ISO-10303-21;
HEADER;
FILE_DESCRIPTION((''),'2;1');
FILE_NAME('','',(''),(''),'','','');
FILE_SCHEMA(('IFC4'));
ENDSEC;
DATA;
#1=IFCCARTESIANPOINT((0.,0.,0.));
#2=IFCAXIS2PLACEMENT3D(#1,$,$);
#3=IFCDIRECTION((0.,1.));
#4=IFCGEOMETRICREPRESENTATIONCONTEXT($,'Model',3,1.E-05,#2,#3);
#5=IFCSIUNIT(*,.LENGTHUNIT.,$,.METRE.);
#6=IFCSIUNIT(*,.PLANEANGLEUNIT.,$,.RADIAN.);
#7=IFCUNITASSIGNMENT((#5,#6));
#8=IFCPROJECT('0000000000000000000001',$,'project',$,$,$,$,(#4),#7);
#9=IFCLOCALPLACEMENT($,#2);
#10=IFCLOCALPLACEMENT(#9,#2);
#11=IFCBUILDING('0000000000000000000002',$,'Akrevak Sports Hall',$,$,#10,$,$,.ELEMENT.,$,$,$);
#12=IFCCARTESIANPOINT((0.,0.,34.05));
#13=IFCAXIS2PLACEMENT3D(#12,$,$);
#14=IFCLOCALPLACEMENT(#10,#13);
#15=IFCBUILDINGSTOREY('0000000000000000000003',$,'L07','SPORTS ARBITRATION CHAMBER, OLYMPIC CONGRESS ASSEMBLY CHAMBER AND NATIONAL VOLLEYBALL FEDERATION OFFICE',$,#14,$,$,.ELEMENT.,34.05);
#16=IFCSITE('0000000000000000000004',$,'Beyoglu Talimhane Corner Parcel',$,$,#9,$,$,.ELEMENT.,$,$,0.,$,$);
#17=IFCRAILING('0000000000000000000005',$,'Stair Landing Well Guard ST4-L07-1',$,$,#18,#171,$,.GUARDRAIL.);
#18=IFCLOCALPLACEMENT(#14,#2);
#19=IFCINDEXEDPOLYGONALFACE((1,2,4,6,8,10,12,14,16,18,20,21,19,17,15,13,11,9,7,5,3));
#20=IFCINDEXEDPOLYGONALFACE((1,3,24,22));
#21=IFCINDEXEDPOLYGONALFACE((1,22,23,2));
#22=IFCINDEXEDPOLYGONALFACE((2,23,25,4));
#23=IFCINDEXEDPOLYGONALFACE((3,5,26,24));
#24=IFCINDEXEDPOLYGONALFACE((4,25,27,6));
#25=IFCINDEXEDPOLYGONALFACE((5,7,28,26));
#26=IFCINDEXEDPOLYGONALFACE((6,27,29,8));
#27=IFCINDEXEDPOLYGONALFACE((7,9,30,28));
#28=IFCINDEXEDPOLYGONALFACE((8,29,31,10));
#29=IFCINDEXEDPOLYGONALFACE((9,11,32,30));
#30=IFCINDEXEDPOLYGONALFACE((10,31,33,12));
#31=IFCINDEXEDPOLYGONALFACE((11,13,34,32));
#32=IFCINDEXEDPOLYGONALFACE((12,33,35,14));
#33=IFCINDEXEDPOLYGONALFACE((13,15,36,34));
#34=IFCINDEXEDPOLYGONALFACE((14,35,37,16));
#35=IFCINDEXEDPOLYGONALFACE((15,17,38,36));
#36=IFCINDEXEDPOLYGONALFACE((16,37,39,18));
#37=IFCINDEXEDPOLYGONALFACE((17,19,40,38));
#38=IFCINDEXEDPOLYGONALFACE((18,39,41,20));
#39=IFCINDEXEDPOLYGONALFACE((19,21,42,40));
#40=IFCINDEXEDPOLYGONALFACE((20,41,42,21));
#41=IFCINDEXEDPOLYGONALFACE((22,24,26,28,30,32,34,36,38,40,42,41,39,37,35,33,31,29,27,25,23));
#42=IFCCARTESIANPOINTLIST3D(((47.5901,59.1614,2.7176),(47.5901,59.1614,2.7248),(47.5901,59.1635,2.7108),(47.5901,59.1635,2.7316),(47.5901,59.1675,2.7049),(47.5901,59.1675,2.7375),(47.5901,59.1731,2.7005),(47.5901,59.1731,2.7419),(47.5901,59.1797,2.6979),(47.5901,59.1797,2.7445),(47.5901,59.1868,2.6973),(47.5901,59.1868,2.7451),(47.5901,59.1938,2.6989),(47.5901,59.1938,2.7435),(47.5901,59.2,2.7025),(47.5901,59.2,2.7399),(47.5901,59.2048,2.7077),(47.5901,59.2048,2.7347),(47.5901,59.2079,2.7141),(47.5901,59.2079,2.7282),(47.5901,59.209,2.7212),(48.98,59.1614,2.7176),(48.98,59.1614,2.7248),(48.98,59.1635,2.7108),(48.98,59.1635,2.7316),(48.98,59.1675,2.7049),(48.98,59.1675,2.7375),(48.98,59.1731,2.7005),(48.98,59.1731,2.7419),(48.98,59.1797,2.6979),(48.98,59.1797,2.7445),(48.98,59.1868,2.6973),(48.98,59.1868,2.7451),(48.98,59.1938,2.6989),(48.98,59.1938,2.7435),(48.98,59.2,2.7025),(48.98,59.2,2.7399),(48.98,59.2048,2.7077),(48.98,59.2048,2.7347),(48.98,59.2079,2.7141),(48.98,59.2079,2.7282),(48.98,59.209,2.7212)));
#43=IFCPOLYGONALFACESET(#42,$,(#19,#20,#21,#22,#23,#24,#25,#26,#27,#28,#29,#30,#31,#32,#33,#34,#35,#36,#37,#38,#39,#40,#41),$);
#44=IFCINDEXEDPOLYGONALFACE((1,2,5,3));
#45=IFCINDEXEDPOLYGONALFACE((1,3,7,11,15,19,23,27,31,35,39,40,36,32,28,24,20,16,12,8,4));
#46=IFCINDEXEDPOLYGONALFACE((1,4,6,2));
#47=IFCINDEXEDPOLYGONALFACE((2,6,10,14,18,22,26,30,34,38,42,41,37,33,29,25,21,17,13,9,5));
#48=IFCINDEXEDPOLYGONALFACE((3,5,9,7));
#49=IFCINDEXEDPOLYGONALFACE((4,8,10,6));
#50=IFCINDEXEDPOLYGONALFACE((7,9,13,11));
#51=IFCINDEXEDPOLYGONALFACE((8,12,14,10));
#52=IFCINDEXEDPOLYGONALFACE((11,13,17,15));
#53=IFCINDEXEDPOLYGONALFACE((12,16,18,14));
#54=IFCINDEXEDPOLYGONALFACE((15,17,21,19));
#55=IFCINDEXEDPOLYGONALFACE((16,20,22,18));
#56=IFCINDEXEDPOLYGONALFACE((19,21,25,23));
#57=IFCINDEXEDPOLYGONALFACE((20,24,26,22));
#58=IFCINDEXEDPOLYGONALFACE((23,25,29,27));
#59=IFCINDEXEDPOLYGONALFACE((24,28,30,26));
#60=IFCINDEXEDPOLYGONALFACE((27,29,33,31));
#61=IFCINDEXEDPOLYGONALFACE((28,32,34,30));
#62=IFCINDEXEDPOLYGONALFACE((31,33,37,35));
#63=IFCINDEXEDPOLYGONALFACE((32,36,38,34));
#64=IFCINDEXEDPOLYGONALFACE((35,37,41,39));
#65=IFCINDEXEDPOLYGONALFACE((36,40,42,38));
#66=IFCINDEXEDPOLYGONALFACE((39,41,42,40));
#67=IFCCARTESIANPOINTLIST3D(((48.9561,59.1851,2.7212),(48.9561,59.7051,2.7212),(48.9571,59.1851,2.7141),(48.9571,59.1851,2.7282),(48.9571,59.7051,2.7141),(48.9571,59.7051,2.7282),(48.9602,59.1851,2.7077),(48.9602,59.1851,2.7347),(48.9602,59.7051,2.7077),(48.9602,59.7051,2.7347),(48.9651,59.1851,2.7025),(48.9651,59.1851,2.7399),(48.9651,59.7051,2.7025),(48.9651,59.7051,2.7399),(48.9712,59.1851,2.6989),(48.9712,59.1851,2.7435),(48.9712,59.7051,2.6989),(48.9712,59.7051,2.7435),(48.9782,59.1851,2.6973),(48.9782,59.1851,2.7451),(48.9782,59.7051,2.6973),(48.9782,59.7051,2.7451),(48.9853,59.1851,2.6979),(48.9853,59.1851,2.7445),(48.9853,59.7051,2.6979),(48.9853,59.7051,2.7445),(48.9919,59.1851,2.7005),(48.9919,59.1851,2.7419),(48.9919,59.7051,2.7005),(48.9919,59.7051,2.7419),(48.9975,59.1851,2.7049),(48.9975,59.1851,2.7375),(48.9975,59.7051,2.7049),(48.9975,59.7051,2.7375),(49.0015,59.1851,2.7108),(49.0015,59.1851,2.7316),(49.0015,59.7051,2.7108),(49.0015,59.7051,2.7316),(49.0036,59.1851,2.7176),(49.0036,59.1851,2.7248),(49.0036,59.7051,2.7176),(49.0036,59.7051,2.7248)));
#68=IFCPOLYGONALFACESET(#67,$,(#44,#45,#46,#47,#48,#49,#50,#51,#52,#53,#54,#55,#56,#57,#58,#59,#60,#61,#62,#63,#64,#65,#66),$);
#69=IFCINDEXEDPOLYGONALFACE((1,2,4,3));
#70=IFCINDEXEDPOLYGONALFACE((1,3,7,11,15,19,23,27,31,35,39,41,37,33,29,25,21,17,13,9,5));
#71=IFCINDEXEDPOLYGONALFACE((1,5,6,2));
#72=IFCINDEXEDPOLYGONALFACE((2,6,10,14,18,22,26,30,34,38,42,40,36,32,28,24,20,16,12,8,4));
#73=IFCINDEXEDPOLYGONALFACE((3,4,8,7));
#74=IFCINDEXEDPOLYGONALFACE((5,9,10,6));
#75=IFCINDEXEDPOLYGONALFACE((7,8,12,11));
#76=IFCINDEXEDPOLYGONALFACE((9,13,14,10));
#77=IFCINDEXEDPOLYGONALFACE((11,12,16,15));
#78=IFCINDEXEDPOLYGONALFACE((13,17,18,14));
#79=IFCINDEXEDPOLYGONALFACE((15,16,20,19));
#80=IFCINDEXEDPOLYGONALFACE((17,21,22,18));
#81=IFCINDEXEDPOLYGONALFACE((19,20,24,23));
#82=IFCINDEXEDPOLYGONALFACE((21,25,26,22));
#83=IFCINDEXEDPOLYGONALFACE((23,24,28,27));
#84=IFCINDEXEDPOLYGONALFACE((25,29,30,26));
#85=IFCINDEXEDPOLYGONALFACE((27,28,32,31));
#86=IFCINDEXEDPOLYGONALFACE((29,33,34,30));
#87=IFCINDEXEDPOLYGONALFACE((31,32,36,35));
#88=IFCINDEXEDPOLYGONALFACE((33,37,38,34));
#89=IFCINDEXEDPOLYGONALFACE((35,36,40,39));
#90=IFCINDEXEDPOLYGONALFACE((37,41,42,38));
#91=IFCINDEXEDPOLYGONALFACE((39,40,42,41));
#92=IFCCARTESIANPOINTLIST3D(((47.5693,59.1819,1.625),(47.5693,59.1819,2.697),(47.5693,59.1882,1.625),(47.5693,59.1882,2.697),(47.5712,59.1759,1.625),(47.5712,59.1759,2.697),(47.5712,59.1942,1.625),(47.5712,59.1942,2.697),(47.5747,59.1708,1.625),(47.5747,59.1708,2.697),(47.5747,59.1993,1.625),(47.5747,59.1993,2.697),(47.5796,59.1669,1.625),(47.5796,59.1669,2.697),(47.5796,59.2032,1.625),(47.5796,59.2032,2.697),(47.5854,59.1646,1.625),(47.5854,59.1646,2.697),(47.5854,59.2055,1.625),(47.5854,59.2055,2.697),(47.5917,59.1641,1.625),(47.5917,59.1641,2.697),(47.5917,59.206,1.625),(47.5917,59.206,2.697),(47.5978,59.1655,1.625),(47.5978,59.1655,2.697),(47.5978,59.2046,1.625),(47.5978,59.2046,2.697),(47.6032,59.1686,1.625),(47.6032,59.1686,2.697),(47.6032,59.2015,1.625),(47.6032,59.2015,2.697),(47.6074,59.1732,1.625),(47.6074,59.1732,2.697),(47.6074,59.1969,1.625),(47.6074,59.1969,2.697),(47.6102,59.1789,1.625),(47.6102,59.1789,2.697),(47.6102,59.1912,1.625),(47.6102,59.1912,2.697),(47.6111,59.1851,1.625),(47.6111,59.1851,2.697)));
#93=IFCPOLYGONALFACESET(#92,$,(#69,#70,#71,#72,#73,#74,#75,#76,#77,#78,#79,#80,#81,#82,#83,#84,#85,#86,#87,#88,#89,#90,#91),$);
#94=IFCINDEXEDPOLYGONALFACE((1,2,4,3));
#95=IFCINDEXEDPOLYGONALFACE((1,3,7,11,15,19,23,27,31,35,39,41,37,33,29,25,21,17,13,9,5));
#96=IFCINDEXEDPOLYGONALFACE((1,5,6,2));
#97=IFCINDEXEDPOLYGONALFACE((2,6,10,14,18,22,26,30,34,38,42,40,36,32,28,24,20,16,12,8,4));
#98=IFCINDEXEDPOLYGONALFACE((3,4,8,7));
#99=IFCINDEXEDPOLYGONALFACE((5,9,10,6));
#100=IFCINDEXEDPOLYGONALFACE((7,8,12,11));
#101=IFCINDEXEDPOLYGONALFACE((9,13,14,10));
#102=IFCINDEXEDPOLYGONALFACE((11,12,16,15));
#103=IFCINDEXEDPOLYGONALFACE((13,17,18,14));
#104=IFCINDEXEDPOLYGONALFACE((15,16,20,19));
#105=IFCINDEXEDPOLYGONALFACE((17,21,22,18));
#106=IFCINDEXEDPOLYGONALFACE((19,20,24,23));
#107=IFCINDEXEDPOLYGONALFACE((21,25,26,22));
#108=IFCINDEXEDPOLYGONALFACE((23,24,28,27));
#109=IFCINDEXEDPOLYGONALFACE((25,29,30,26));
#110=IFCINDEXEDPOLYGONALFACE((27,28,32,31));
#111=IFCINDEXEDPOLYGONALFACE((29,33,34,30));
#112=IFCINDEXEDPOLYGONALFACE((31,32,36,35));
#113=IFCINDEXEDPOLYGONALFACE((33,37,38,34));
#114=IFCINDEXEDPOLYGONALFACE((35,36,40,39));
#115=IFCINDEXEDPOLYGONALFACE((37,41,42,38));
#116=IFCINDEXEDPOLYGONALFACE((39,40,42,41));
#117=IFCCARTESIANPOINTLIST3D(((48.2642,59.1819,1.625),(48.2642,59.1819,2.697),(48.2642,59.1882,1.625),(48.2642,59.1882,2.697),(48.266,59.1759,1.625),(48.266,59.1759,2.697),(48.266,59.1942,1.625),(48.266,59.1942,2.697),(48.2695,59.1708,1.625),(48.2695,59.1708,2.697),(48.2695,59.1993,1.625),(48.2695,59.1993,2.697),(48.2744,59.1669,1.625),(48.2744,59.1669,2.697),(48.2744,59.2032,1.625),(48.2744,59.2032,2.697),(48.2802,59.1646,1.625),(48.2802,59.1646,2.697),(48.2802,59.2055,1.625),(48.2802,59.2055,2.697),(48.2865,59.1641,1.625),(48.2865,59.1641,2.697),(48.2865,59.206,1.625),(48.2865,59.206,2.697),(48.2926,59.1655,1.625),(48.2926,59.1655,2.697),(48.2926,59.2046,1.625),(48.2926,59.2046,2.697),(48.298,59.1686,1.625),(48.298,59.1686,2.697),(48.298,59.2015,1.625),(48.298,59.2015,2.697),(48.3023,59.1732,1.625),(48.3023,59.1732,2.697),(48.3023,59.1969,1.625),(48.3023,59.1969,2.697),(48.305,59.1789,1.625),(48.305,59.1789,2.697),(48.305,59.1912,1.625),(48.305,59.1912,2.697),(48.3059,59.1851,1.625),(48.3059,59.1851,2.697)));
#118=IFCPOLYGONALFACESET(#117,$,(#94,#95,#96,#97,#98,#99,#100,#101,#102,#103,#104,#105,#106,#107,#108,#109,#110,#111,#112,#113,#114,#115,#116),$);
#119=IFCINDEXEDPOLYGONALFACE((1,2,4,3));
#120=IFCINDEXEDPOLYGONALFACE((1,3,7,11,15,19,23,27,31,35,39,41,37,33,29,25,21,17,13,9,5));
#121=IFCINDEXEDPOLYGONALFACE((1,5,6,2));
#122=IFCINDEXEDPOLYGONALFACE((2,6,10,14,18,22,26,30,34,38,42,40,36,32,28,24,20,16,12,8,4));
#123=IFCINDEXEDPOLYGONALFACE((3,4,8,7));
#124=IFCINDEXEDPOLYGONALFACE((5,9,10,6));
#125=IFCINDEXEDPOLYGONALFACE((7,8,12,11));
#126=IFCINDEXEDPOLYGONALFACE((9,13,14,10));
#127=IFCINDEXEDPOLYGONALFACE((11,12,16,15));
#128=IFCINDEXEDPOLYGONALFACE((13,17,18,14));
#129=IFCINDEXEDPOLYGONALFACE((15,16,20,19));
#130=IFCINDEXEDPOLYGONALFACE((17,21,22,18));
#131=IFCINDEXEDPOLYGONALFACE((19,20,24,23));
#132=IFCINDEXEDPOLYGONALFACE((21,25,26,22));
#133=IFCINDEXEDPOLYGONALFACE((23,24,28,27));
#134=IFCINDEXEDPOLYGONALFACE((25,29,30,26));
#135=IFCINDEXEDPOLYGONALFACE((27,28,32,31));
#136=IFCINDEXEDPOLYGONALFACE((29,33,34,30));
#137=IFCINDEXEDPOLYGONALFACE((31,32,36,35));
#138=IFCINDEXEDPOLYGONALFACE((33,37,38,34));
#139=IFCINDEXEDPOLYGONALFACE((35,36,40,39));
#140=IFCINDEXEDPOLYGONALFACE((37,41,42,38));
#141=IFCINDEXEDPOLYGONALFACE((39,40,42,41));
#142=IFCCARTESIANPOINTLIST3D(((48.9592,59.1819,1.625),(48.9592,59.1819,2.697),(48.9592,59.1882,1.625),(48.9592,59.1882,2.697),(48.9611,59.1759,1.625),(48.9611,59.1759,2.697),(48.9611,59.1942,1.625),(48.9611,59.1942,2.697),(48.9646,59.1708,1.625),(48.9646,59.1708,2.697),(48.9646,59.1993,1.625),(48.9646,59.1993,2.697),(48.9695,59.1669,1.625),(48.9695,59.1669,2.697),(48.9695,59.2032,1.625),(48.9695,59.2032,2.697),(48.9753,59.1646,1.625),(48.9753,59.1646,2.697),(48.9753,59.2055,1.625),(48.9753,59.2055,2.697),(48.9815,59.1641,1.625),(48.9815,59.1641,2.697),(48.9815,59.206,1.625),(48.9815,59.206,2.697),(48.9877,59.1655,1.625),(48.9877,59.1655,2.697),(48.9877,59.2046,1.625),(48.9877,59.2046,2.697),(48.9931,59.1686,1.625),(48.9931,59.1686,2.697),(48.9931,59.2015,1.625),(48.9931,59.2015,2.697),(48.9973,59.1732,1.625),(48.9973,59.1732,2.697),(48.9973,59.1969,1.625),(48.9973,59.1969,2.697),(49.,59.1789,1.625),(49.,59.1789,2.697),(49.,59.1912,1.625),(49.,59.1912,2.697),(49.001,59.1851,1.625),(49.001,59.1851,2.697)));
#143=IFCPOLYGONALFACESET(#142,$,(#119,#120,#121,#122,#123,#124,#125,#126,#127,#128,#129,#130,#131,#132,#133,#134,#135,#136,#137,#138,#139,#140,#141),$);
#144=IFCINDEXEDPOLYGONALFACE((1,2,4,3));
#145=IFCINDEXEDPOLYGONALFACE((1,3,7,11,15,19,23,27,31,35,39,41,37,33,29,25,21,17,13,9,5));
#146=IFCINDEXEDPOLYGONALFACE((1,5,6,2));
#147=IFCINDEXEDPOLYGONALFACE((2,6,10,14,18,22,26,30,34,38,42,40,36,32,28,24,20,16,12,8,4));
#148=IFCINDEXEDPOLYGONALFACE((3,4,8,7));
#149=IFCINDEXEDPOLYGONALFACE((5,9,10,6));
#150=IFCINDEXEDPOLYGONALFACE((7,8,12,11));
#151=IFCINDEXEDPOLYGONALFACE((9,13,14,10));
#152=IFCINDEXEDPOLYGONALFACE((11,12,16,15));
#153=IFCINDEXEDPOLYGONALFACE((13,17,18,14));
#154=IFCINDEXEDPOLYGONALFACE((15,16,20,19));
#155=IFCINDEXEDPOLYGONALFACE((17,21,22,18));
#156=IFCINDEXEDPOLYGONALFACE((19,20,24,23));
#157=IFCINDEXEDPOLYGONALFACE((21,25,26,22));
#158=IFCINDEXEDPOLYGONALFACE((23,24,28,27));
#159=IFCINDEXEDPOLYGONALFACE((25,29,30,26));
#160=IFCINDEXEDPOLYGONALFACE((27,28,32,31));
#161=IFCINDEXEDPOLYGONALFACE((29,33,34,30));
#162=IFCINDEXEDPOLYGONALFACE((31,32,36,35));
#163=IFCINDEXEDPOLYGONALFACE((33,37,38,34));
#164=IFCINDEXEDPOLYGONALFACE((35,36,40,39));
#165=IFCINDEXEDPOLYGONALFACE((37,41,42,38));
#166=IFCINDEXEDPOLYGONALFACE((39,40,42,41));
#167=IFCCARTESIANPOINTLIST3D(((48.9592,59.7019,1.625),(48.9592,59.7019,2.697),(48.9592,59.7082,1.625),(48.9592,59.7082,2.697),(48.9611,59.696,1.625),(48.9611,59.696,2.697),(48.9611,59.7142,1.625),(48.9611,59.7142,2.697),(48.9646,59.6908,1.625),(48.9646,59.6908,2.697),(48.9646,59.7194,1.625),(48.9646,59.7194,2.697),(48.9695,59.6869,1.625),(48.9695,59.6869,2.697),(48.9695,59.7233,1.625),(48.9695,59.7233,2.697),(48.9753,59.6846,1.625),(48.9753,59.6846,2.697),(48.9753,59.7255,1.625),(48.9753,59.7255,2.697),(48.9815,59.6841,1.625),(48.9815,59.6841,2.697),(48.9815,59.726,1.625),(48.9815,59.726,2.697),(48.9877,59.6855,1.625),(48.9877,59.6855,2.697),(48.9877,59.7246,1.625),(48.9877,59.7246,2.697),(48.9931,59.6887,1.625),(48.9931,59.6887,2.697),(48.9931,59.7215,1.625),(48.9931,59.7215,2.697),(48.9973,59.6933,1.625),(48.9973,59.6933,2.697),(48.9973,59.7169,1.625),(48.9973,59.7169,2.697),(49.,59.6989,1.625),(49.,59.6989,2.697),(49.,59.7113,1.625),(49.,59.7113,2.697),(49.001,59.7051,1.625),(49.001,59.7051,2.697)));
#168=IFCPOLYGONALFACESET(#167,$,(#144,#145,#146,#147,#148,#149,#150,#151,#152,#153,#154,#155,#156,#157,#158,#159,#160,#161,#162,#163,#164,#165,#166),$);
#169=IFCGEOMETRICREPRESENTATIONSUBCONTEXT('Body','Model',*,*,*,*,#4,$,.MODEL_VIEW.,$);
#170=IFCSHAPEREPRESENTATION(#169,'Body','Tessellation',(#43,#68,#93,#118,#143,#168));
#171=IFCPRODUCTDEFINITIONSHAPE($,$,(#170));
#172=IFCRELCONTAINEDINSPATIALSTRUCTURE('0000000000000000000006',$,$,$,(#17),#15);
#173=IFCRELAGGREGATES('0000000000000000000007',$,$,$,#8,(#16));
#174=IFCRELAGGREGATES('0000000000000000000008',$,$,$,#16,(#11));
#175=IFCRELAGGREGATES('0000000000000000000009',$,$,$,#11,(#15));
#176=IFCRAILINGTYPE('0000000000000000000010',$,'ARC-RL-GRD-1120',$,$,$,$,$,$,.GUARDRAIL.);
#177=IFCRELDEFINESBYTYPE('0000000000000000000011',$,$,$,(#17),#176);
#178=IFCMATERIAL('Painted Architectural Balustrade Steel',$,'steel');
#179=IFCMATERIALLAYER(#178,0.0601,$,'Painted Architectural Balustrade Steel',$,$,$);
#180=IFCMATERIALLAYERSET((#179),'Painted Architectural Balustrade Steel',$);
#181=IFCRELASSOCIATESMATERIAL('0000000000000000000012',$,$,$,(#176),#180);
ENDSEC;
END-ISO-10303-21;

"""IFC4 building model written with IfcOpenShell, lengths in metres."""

from ifc_helpers import new_model, si_unit, direction, frame, origin, origin_2d, place, context, subcontext, project, spatial, circle, extrude, material, layer, layer_set, type_object, element, save


model = new_model("IFC4")

# Units and contexts
model_context = context("Model", 3, precision=1e-05, world=origin(), true_north=direction((0.0, 1.0)))
body_context = subcontext(model_context, "Body", "Model", "MODEL_VIEW")
ifc_project = project(units=[si_unit("LENGTHUNIT", "METRE"), si_unit("PLANEANGLEUNIT", "RADIAN")], contexts=[model_context])

# Site, building, storey
site_placement = place(None, origin())
site = spatial("IfcSite", under=ifc_project, at=site_placement, Name="Beyoglu Talimhane Corner Parcel", CompositionType="ELEMENT", RefElevation=0.0)
building_placement = place(site_placement, origin())
building = spatial("IfcBuilding", under=site, at=building_placement, Name="Akrevak Sports Hall", CompositionType="ELEMENT")
storey_placement = place(building_placement, frame((0.0, 0.0, 34.05)))
storey = spatial("IfcBuildingStorey", under=building, at=storey_placement, Name="L07", Description="SPORTS ARBITRATION CHAMBER, OLYMPIC CONGRESS ASSEMBLY CHAMBER AND NATIONAL VOLLEYBALL FEDERATION OFFICE", CompositionType="ELEMENT", Elevation=34.05)

# Railing
ifc_material_1 = material(Name="Painted Architectural Balustrade Steel", Category="steel")
ifc_layer_1 = layer(ifc_material_1, 0.0601, Name="Painted Architectural Balustrade Steel")
ifc_layer_set_1 = layer_set([ifc_layer_1], Name="Painted Architectural Balustrade Steel")
railing_type_1 = type_object("IfcRailingType", Name="ARC-RL-GRD-1120", PredefinedType="GUARDRAIL", material=ifc_layer_set_1)
railing_1_placement = place(storey_placement, frame((47.5901, 59.1851, 1.625)))
element("IfcRailing", 1, at=railing_1_placement, inside=storey, type_object=railing_type_1, Name="Stair Landing Well Guard ST4-L07-1", PredefinedType="GUARDRAIL", context=body_context, shape_type="SweptSolid", body=[
    extrude(circle(Radius=0.0239, at=origin_2d()), frame((0.0, 0.0, 1.0962), z_axis=(1.0, 0.0, 0.0), x_axis=(0.0, 1.0, 0.0)), (0.0, 0.0, 1.0), 1.3899),
    extrude(circle(Radius=0.0239, at=origin_2d()), frame((1.3899, 0.0, 1.0962), z_axis=(0.0, 1.0, 0.0), x_axis=(-1.0, 0.0, 0.0)), (0.0, 0.0, 1.0), 0.52),
    extrude(circle(Radius=0.021, at=origin_2d()), origin(), (0.0, 0.0, 1.0), 1.072),
    extrude(circle(Radius=0.021, at=origin_2d()), frame((0.6948, 0.0, 0.0)), (0.0, 0.0, 1.0), 1.072),
    extrude(circle(Radius=0.021, at=origin_2d()), frame((1.3899, 0.0, 0.0)), (0.0, 0.0, 1.0), 1.072),
    extrude(circle(Radius=0.021, at=origin_2d()), frame((1.3899, 0.52, 0.0)), (0.0, 0.0, 1.0), 1.072),
])

save(model, "model.ifc")
